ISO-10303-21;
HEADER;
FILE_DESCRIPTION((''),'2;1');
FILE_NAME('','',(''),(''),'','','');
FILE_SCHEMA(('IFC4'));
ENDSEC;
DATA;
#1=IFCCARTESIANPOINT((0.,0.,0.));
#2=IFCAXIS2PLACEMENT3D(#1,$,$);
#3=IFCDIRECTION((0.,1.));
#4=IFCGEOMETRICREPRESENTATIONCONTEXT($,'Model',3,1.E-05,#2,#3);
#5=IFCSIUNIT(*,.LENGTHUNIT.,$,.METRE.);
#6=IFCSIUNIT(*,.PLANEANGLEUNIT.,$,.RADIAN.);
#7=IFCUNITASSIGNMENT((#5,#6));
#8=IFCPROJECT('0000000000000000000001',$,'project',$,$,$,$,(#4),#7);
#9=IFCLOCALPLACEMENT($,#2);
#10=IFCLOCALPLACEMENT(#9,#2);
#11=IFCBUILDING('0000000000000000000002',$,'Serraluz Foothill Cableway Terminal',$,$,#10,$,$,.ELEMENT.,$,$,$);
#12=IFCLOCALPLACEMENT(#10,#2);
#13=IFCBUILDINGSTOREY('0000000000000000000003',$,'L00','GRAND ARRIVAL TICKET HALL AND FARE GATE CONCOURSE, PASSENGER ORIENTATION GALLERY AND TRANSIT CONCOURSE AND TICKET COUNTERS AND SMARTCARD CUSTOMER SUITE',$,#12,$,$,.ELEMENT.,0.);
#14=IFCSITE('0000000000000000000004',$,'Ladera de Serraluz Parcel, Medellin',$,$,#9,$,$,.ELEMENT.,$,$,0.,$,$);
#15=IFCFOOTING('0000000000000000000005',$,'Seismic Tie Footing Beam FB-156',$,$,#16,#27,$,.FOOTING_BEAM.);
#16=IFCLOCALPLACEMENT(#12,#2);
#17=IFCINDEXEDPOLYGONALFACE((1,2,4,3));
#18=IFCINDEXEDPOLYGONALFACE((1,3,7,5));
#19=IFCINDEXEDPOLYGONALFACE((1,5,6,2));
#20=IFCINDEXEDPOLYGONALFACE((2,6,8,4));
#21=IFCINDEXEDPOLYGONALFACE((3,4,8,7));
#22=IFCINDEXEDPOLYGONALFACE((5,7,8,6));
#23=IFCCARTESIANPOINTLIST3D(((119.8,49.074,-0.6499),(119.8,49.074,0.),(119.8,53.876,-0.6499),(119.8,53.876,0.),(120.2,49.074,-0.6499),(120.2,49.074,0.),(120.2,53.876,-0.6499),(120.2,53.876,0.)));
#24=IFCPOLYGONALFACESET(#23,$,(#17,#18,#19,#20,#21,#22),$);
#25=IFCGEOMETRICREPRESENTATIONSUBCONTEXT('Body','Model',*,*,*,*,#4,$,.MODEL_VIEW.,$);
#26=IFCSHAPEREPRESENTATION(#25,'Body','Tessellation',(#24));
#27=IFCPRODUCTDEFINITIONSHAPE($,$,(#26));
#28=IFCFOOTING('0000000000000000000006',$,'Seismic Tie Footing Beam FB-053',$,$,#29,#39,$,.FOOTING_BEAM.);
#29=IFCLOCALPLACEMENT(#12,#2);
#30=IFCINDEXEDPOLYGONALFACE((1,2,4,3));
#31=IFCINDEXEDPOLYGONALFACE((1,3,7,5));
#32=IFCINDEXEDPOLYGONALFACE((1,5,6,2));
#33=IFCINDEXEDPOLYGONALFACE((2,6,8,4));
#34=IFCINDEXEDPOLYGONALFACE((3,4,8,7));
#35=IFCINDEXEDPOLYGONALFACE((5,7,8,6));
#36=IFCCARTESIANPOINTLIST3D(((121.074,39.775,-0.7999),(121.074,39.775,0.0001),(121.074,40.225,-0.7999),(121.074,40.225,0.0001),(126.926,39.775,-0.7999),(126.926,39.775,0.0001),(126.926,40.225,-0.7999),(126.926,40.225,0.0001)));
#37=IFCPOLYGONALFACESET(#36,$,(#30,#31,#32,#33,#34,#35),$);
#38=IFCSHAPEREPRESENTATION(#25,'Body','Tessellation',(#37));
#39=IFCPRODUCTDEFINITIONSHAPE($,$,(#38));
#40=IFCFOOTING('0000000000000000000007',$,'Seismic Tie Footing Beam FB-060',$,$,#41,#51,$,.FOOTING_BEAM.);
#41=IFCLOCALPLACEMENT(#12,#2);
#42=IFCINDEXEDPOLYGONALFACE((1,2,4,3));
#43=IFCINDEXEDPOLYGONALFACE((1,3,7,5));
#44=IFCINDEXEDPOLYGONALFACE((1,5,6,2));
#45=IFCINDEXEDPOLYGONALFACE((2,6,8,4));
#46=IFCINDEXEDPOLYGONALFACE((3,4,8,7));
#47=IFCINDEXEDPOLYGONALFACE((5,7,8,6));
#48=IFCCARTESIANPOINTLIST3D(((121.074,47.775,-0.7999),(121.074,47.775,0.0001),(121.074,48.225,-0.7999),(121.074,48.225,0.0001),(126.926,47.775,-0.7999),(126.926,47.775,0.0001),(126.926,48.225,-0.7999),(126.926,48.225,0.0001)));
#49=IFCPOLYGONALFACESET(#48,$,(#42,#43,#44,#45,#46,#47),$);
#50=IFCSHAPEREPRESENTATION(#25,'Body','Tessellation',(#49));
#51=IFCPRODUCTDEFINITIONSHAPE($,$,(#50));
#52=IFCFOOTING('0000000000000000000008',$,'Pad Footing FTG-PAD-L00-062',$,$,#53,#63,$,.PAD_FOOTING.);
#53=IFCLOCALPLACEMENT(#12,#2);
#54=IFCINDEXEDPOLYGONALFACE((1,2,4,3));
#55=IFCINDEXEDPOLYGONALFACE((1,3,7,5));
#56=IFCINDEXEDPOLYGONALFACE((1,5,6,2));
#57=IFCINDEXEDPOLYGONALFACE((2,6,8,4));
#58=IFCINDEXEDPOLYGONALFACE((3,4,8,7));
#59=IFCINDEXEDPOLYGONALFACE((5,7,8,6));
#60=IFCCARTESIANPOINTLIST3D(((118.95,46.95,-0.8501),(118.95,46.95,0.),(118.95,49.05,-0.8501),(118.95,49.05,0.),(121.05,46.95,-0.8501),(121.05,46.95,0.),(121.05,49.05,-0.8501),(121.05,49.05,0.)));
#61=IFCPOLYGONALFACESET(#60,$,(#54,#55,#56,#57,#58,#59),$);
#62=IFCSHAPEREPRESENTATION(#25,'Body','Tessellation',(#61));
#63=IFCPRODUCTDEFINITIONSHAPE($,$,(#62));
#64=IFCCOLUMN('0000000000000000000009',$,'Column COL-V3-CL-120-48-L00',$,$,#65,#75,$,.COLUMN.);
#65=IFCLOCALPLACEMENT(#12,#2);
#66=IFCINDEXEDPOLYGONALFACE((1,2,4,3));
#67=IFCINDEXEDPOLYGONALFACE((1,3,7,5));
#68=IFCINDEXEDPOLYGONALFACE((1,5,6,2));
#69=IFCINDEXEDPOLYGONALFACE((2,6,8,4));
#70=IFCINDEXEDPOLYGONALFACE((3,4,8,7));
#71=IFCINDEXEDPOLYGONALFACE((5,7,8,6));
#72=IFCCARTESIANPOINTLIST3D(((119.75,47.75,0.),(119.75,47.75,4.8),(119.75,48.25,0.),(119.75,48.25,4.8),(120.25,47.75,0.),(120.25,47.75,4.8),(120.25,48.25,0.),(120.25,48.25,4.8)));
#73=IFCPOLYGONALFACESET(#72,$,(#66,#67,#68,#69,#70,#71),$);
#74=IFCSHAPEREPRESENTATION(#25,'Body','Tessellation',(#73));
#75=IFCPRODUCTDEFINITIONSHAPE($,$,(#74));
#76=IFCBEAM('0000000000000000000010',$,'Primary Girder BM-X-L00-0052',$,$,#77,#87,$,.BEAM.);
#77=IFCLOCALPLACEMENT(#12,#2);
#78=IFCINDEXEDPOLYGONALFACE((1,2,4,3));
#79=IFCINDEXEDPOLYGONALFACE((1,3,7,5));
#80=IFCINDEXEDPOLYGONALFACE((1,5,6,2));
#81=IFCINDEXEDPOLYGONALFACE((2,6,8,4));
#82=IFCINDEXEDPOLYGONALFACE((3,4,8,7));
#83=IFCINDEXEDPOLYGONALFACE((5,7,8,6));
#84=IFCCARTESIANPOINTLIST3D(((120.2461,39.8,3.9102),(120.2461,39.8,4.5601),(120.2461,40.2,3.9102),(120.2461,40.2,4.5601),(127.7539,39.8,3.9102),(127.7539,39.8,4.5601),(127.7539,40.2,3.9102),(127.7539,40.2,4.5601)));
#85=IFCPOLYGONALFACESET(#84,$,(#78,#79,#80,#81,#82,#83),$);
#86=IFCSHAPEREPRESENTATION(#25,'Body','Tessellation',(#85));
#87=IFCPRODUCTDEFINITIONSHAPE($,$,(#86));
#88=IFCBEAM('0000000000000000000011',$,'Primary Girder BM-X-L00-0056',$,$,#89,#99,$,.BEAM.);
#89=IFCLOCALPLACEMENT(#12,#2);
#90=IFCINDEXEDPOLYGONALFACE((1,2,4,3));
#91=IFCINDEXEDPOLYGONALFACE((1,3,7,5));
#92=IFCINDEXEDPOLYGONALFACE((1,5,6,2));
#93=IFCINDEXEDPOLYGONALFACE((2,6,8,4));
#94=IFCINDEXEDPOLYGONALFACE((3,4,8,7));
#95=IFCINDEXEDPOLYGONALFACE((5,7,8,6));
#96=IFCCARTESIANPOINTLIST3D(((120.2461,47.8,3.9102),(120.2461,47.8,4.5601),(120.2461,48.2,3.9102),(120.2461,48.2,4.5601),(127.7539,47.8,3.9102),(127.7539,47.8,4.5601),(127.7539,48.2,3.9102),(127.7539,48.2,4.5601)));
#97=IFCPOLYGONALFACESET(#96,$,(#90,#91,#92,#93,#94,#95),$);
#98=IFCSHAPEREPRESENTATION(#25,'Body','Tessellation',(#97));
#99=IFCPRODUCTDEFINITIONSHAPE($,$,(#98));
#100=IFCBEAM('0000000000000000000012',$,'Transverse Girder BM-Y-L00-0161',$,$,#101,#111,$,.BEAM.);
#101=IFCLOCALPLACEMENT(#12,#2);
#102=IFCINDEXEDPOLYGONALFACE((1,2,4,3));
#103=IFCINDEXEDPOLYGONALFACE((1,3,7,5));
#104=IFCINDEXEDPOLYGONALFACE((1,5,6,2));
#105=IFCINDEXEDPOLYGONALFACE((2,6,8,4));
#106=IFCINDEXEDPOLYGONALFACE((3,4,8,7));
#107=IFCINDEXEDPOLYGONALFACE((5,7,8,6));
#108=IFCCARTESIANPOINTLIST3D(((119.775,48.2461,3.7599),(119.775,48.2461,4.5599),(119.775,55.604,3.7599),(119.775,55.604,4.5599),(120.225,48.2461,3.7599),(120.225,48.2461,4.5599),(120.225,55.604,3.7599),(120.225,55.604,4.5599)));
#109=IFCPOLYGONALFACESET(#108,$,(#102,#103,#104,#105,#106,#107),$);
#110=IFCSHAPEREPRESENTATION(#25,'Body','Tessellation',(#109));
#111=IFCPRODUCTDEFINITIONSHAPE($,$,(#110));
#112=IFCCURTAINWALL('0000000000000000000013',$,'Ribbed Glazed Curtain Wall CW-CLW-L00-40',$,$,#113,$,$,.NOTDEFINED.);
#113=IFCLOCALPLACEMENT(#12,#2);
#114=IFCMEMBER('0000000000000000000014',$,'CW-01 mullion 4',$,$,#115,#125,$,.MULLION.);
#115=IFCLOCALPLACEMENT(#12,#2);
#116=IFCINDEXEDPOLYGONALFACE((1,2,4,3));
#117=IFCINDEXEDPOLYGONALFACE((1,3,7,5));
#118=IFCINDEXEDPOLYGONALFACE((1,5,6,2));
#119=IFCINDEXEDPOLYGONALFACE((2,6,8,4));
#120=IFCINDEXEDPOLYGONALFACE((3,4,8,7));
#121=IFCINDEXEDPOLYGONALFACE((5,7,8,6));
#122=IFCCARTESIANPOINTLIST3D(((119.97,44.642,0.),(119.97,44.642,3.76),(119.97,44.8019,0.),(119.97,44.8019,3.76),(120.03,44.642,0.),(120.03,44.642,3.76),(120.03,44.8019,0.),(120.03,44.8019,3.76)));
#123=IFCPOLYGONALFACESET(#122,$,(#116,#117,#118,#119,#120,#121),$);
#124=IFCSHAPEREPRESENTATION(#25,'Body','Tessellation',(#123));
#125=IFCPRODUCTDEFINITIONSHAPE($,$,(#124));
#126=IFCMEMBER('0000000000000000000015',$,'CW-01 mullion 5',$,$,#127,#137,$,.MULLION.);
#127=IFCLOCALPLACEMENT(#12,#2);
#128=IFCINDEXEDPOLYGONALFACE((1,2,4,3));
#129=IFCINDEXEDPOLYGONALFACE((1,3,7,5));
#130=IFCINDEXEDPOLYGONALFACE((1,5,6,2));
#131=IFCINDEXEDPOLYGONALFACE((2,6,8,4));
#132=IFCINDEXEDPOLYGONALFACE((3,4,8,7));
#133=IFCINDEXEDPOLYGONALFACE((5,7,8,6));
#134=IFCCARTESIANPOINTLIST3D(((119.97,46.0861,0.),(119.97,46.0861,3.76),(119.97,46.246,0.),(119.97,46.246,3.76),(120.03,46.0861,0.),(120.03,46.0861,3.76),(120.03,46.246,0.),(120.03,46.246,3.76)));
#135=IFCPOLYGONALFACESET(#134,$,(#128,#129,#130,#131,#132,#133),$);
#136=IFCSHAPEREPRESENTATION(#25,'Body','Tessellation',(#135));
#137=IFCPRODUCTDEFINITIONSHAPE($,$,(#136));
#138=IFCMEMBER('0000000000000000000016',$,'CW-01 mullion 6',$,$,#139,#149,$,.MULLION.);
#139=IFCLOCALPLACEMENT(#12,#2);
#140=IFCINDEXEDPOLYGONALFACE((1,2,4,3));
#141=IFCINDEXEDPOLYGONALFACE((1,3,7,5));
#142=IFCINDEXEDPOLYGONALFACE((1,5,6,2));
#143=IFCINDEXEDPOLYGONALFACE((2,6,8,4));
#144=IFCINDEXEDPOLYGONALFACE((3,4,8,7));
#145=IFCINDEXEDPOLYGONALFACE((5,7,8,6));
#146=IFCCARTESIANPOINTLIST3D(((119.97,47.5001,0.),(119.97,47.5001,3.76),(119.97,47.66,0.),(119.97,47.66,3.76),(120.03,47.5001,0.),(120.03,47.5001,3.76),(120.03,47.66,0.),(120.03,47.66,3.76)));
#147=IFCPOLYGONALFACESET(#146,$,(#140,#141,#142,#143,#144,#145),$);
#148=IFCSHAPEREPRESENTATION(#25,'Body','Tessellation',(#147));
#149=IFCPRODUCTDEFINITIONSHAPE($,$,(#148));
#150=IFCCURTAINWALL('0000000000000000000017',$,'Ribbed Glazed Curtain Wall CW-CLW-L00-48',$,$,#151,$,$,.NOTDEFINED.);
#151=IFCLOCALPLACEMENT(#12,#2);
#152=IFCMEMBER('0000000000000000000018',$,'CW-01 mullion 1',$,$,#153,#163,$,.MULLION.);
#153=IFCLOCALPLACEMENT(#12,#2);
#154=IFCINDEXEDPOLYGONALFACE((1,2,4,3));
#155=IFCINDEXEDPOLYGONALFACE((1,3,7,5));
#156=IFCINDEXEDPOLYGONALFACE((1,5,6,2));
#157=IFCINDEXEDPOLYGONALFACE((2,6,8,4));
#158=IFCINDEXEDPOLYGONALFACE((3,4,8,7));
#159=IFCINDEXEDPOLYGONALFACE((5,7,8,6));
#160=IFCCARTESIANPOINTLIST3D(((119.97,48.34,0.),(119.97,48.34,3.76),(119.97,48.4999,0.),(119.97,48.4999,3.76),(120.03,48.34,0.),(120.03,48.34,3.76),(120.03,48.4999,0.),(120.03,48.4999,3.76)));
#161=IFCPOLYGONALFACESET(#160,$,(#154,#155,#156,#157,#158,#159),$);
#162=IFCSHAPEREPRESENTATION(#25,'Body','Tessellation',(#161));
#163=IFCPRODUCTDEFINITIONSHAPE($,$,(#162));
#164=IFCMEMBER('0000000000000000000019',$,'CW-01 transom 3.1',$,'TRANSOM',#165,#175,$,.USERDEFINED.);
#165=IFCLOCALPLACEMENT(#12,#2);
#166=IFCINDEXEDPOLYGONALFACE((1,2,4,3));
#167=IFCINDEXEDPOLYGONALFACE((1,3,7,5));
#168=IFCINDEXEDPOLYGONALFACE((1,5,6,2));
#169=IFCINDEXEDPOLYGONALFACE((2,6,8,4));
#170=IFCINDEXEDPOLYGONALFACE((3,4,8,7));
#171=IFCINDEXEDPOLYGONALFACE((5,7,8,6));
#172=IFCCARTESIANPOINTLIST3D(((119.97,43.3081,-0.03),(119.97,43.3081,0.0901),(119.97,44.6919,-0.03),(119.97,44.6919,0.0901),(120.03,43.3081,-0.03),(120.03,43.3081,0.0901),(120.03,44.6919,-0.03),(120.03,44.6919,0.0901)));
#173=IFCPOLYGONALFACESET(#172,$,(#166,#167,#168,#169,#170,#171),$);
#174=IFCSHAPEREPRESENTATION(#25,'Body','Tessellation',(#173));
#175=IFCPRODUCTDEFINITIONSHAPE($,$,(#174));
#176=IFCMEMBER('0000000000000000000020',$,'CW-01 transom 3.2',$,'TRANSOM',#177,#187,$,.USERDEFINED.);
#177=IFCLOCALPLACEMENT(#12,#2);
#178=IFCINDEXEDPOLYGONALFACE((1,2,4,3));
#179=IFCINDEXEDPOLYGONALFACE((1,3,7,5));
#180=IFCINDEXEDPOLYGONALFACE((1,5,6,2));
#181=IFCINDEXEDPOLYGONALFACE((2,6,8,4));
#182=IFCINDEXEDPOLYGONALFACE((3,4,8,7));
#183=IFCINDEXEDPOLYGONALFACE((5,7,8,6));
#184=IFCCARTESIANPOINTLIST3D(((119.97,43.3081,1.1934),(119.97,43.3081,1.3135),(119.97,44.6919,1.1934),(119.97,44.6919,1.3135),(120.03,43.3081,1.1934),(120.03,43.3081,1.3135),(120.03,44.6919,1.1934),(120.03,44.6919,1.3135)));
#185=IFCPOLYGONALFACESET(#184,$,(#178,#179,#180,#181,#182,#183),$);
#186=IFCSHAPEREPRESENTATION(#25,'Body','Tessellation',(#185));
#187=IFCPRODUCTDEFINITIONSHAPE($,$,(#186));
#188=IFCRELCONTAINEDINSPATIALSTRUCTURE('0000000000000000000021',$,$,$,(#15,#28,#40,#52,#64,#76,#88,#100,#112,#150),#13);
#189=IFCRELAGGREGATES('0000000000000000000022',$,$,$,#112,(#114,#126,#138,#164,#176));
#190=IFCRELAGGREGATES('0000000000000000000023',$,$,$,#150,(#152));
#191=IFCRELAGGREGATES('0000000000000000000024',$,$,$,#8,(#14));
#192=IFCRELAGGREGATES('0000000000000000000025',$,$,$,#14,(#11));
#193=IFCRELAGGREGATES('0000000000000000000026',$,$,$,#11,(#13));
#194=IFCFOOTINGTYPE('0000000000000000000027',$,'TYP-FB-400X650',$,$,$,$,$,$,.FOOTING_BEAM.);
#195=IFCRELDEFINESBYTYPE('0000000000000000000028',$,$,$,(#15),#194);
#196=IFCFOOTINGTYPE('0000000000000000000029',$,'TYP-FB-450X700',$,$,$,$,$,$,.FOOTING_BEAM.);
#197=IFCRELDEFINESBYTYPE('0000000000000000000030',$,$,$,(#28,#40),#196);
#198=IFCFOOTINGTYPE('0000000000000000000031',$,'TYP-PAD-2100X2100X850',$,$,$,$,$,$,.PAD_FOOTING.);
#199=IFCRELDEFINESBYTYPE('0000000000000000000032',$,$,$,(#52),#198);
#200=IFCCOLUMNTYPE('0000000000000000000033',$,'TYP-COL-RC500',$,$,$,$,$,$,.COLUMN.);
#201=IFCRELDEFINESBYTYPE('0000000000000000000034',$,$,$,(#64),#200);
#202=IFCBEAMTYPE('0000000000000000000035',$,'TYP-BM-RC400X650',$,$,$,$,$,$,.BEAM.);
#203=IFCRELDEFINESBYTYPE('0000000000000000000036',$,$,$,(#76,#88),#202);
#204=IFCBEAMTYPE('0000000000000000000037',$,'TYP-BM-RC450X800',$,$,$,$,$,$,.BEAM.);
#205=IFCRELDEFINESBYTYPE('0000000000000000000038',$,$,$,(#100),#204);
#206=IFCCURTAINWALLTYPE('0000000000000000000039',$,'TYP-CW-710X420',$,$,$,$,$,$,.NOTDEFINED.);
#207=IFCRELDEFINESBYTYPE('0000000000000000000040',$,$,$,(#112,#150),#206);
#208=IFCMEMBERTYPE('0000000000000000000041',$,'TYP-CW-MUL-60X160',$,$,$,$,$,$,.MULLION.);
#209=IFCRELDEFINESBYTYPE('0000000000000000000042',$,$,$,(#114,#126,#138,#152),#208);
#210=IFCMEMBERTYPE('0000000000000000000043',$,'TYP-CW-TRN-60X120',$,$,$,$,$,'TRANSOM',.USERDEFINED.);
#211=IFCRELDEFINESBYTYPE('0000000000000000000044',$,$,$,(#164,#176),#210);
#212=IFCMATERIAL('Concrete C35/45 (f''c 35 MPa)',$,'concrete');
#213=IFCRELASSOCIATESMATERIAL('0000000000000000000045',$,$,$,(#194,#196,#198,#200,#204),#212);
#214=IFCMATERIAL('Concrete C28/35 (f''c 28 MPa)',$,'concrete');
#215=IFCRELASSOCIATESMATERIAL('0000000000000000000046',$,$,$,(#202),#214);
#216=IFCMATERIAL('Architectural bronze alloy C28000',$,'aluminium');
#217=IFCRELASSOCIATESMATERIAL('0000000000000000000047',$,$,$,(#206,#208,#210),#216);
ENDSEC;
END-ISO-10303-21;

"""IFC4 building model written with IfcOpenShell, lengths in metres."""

from ifc_helpers import new_model, si_unit, direction, frame, origin, origin_2d, place, context, subcontext, project, spatial, rectangle, extrude, material, material_profile, profile_set, type_object, element, aggregate, save


model = new_model("IFC4")

# Units and contexts
model_context = context("Model", 3, precision=1e-05, world=origin(), true_north=direction((0.0, 1.0)))
body_context = subcontext(model_context, "Body", "Model", "MODEL_VIEW")
ifc_project = project(units=[si_unit("LENGTHUNIT", "METRE"), si_unit("PLANEANGLEUNIT", "RADIAN")], contexts=[model_context])

# Site, building, storey
site_placement = place(None, origin())
site = spatial("IfcSite", under=ifc_project, at=site_placement, Name="Ladera de Serraluz Parcel, Medellin", CompositionType="ELEMENT", RefElevation=0.0)
building_placement = place(site_placement, origin())
building = spatial("IfcBuilding", under=site, at=building_placement, Name="Serraluz Foothill Cableway Terminal", CompositionType="ELEMENT")
storey_placement = place(building_placement, origin())
storey = spatial("IfcBuildingStorey", under=building, at=storey_placement, Name="L00", Description="GRAND ARRIVAL TICKET HALL AND FARE GATE CONCOURSE, PASSENGER ORIENTATION GALLERY AND TRANSIT CONCOURSE AND TICKET COUNTERS AND SMARTCARD CUSTOMER SUITE", CompositionType="ELEMENT", Elevation=0.0)

# Footings
ifc_material_1 = material(Name="Concrete C35/45 (f'c 35 MPa)", Category="concrete")
ifc_material_profile_1 = material_profile(ifc_material_1, rectangle(XDim=0.3999, YDim=0.6499, at=origin_2d()), Name="RC 400x650")
ifc_profile_set_1 = profile_set([ifc_material_profile_1], Name="Concrete C35/45 (f'c 35 MPa)")
footing_type_1 = type_object("IfcFootingType", Name="TYP-FB-400X650", PredefinedType="FOOTING_BEAM", material=ifc_profile_set_1)
footing_1_placement = place(storey_placement, frame((120.0, 49.074, -0.325), z_axis=(0.0, 1.0, 0.0), x_axis=(-1.0, 0.0, 0.0)))
element("IfcFooting", 1, at=footing_1_placement, inside=storey, type_object=footing_type_1, Name="Seismic Tie Footing Beam FB-156", PredefinedType="FOOTING_BEAM", context=body_context, shape_type="SweptSolid", body=[
    extrude(rectangle(XDim=0.3999, YDim=0.6499, at=origin_2d()), origin(), (0.0, 0.0, 1.0), 4.802),
])
ifc_material_profile_2 = material_profile(ifc_material_1, rectangle(XDim=0.45, YDim=0.8, at=origin_2d()), Name="RC 450x800")
ifc_profile_set_2 = profile_set([ifc_material_profile_2], Name="Concrete C35/45 (f'c 35 MPa)")
footing_type_2 = type_object("IfcFootingType", Name="TYP-FB-450X700", PredefinedType="FOOTING_BEAM", material=ifc_profile_set_2)
for number, where, z_axis, x_axis, name in (
    (2, (121.074, 40.0, -0.3999), (1.0, 0.0, 0.0), (0.0, 1.0, 0.0), "Seismic Tie Footing Beam FB-053"),
    (3, (121.074, 48.0, -0.3999), (1.0, 0.0, 0.0), (0.0, 1.0, 0.0), "Seismic Tie Footing Beam FB-060"),
):
    element("IfcFooting", number, at=place(storey_placement, frame(where, z_axis=z_axis, x_axis=x_axis)), inside=storey, type_object=footing_type_2, Name=name, PredefinedType="FOOTING_BEAM", context=body_context, shape_type="SweptSolid", body=[
        extrude(rectangle(XDim=0.45, YDim=0.8, at=origin_2d()), origin(), (0.0, 0.0, 1.0), 5.8521),
    ])
footing_type_3 = type_object("IfcFootingType", Name="TYP-PAD-2100X2100X850", PredefinedType="PAD_FOOTING", material=ifc_material_1)
footing_2_placement = place(storey_placement, frame((120.0, 48.0, -0.8501), z_axis=(0.0, 0.0, 1.0), x_axis=(1.0, 0.0, 0.0)))
element("IfcFooting", 4, at=footing_2_placement, inside=storey, type_object=footing_type_3, Name="Pad Footing FTG-PAD-L00-062", PredefinedType="PAD_FOOTING", context=body_context, shape_type="SweptSolid", body=[
    extrude(rectangle(XDim=2.1001, YDim=2.1001, at=origin_2d()), origin(), (0.0, 0.0, 1.0), 0.8501),
])

# Column
ifc_material_profile_3 = material_profile(ifc_material_1, rectangle(XDim=0.5, YDim=0.5, at=origin_2d()), Name="RC 500x500")
ifc_profile_set_3 = profile_set([ifc_material_profile_3], Name="Concrete C35/45 (f'c 35 MPa)")
column_type = type_object("IfcColumnType", Name="TYP-COL-RC500", PredefinedType="COLUMN", material=ifc_profile_set_3)
column_placement = place(storey_placement, frame((120.0, 48.0, 0.0), z_axis=(0.0, 0.0, 1.0), x_axis=(1.0, 0.0, 0.0)))
element("IfcColumn", 5, at=column_placement, inside=storey, type_object=column_type, Name="Column COL-V3-CL-120-48-L00", PredefinedType="COLUMN", context=body_context, shape_type="SweptSolid", body=[
    extrude(rectangle(XDim=0.5, YDim=0.5, at=origin_2d()), origin(), (0.0, 0.0, 1.0), 4.8),
])

# Beams
ifc_material_2 = material(Name="Concrete C28/35 (f'c 28 MPa)", Category="concrete")
ifc_material_profile_4 = material_profile(ifc_material_2, rectangle(XDim=0.3999, YDim=0.6499, at=origin_2d()), Name="RC 400x650")
ifc_profile_set_4 = profile_set([ifc_material_profile_4], Name="Concrete C28/35 (f'c 28 MPa)")
beam_type_1 = type_object("IfcBeamType", Name="TYP-BM-RC400X650", PredefinedType="BEAM", material=ifc_profile_set_4)
for number, where, z_axis, x_axis, name in (
    (6, (120.2461, 40.0, 4.2351), (1.0, 0.0, 0.0), (0.0, 1.0, 0.0), "Primary Girder BM-X-L00-0052"),
    (7, (120.2461, 48.0, 4.2351), (1.0, 0.0, 0.0), (0.0, 1.0, 0.0), "Primary Girder BM-X-L00-0056"),
):
    element("IfcBeam", number, at=place(storey_placement, frame(where, z_axis=z_axis, x_axis=x_axis)), inside=storey, type_object=beam_type_1, Name=name, PredefinedType="BEAM", context=body_context, shape_type="SweptSolid", body=[
        extrude(rectangle(XDim=0.3999, YDim=0.6499, at=origin_2d()), origin(), (0.0, 0.0, 1.0), 7.5078),
    ])
ifc_material_profile_5 = material_profile(ifc_material_1, rectangle(XDim=0.45, YDim=0.8, at=origin_2d()), Name="RC 450x800")
ifc_profile_set_5 = profile_set([ifc_material_profile_5], Name="Concrete C35/45 (f'c 35 MPa)")
beam_type_2 = type_object("IfcBeamType", Name="TYP-BM-RC450X800", PredefinedType="BEAM", material=ifc_profile_set_5)
beam_1_placement = place(storey_placement, frame((120.0, 48.2461, 4.1599), z_axis=(0.0, 1.0, 0.0), x_axis=(-1.0, 0.0, 0.0)))
element("IfcBeam", 8, at=beam_1_placement, inside=storey, type_object=beam_type_2, Name="Transverse Girder BM-Y-L00-0161", PredefinedType="BEAM", context=body_context, shape_type="SweptSolid", body=[
    extrude(rectangle(XDim=0.45, YDim=0.8, at=origin_2d()), origin(), (0.0, 0.0, 1.0), 7.3579),
])

# Curtain wall, members
ifc_material_3 = material(Name="Architectural bronze alloy C28000", Category="aluminium")
curtain_wall_type = type_object("IfcCurtainWallType", Name="TYP-CW-710X420", PredefinedType="NOTDEFINED", material=ifc_material_3)
curtain_wall_1_placement = place(storey_placement, origin())
curtain_wall_1 = element("IfcCurtainWall", 9, at=curtain_wall_1_placement, inside=storey, type_object=curtain_wall_type, Name="Ribbed Glazed Curtain Wall CW-CLW-L00-40", PredefinedType="NOTDEFINED")
ifc_material_profile_6 = material_profile(ifc_material_3, rectangle(XDim=0.0601, YDim=0.1599, at=origin_2d()), Name="ALU MULLION 60x160")
ifc_profile_set_6 = profile_set([ifc_material_profile_6], Name="Architectural bronze alloy C28000")
member_type_1 = type_object("IfcMemberType", Name="TYP-CW-MUL-60X160", PredefinedType="MULLION", material=ifc_profile_set_6)
member_1_placement = place(storey_placement, frame((120.0, 44.7219, 0.0), z_axis=(0.0, 0.0, 1.0), x_axis=(-1.0, 0.0, 0.0)))
member_1 = element("IfcMember", 10, at=member_1_placement, type_object=member_type_1, Name="CW-01 mullion 4", PredefinedType="MULLION", context=body_context, shape_type="SweptSolid", body=[
    extrude(rectangle(XDim=0.0601, YDim=0.1599, at=origin_2d()), origin(), (0.0, 0.0, 1.0), 3.76),
])
member_2_placement = place(storey_placement, frame((120.0, 46.166, 0.0), z_axis=(0.0, 0.0, 1.0), x_axis=(-1.0, 0.0, 0.0)))
member_2 = element("IfcMember", 11, at=member_2_placement, type_object=member_type_1, Name="CW-01 mullion 5", PredefinedType="MULLION", context=body_context, shape_type="SweptSolid", body=[
    extrude(rectangle(XDim=0.0601, YDim=0.1599, at=origin_2d()), origin(), (0.0, 0.0, 1.0), 3.76),
])
member_3_placement = place(storey_placement, frame((120.0, 47.5801, 0.0), z_axis=(0.0, 0.0, 1.0), x_axis=(-1.0, 0.0, 0.0)))
member_3 = element("IfcMember", 12, at=member_3_placement, type_object=member_type_1, Name="CW-01 mullion 6", PredefinedType="MULLION", context=body_context, shape_type="SweptSolid", body=[
    extrude(rectangle(XDim=0.0601, YDim=0.1599, at=origin_2d()), origin(), (0.0, 0.0, 1.0), 3.76),
])

# Curtain wall, member
curtain_wall_2_placement = place(storey_placement, origin())
curtain_wall_2 = element("IfcCurtainWall", 13, at=curtain_wall_2_placement, inside=storey, type_object=curtain_wall_type, Name="Ribbed Glazed Curtain Wall CW-CLW-L00-48", PredefinedType="NOTDEFINED")
member_4_placement = place(storey_placement, frame((120.0, 48.4199, 0.0), z_axis=(0.0, 0.0, 1.0), x_axis=(-1.0, 0.0, 0.0)))
member_4 = element("IfcMember", 14, at=member_4_placement, type_object=member_type_1, Name="CW-01 mullion 1", PredefinedType="MULLION", context=body_context, shape_type="SweptSolid", body=[
    extrude(rectangle(XDim=0.0601, YDim=0.1599, at=origin_2d()), origin(), (0.0, 0.0, 1.0), 3.76),
])

# Members
ifc_material_profile_7 = material_profile(ifc_material_3, rectangle(XDim=0.0601, YDim=0.1201, at=origin_2d()), Name="ALU TRANSOM 60x120")
ifc_profile_set_7 = profile_set([ifc_material_profile_7], Name="Architectural bronze alloy C28000")
member_type_2 = type_object("IfcMemberType", Name="TYP-CW-TRN-60X120", ElementType="TRANSOM", PredefinedType="USERDEFINED", material=ifc_profile_set_7)
member_5_placement = place(storey_placement, frame((120.0, 43.3081, 0.03), z_axis=(0.0, 1.0, 0.0), x_axis=(-1.0, 0.0, 0.0)))
member_5 = element("IfcMember", 15, at=member_5_placement, type_object=member_type_2, Name="CW-01 transom 3.1", ObjectType="TRANSOM", PredefinedType="USERDEFINED", context=body_context, shape_type="SweptSolid", body=[
    extrude(rectangle(XDim=0.0601, YDim=0.1201, at=origin_2d()), origin(), (0.0, 0.0, 1.0), 1.3838),
])
member_6_placement = place(storey_placement, frame((120.0, 43.3081, 1.2534), z_axis=(0.0, 1.0, 0.0), x_axis=(-1.0, 0.0, 0.0)))
member_6 = element("IfcMember", 16, at=member_6_placement, type_object=member_type_2, Name="CW-01 transom 3.2", ObjectType="TRANSOM", PredefinedType="USERDEFINED", context=body_context, shape_type="SweptSolid", body=[
    extrude(rectangle(XDim=0.0601, YDim=0.1201, at=origin_2d()), origin(), (0.0, 0.0, 1.0), 1.3838),
])

aggregate(curtain_wall_1, [member_1, member_2, member_3, member_5, member_6])
aggregate(curtain_wall_2, [member_4])

save(model, "model.ifc")
